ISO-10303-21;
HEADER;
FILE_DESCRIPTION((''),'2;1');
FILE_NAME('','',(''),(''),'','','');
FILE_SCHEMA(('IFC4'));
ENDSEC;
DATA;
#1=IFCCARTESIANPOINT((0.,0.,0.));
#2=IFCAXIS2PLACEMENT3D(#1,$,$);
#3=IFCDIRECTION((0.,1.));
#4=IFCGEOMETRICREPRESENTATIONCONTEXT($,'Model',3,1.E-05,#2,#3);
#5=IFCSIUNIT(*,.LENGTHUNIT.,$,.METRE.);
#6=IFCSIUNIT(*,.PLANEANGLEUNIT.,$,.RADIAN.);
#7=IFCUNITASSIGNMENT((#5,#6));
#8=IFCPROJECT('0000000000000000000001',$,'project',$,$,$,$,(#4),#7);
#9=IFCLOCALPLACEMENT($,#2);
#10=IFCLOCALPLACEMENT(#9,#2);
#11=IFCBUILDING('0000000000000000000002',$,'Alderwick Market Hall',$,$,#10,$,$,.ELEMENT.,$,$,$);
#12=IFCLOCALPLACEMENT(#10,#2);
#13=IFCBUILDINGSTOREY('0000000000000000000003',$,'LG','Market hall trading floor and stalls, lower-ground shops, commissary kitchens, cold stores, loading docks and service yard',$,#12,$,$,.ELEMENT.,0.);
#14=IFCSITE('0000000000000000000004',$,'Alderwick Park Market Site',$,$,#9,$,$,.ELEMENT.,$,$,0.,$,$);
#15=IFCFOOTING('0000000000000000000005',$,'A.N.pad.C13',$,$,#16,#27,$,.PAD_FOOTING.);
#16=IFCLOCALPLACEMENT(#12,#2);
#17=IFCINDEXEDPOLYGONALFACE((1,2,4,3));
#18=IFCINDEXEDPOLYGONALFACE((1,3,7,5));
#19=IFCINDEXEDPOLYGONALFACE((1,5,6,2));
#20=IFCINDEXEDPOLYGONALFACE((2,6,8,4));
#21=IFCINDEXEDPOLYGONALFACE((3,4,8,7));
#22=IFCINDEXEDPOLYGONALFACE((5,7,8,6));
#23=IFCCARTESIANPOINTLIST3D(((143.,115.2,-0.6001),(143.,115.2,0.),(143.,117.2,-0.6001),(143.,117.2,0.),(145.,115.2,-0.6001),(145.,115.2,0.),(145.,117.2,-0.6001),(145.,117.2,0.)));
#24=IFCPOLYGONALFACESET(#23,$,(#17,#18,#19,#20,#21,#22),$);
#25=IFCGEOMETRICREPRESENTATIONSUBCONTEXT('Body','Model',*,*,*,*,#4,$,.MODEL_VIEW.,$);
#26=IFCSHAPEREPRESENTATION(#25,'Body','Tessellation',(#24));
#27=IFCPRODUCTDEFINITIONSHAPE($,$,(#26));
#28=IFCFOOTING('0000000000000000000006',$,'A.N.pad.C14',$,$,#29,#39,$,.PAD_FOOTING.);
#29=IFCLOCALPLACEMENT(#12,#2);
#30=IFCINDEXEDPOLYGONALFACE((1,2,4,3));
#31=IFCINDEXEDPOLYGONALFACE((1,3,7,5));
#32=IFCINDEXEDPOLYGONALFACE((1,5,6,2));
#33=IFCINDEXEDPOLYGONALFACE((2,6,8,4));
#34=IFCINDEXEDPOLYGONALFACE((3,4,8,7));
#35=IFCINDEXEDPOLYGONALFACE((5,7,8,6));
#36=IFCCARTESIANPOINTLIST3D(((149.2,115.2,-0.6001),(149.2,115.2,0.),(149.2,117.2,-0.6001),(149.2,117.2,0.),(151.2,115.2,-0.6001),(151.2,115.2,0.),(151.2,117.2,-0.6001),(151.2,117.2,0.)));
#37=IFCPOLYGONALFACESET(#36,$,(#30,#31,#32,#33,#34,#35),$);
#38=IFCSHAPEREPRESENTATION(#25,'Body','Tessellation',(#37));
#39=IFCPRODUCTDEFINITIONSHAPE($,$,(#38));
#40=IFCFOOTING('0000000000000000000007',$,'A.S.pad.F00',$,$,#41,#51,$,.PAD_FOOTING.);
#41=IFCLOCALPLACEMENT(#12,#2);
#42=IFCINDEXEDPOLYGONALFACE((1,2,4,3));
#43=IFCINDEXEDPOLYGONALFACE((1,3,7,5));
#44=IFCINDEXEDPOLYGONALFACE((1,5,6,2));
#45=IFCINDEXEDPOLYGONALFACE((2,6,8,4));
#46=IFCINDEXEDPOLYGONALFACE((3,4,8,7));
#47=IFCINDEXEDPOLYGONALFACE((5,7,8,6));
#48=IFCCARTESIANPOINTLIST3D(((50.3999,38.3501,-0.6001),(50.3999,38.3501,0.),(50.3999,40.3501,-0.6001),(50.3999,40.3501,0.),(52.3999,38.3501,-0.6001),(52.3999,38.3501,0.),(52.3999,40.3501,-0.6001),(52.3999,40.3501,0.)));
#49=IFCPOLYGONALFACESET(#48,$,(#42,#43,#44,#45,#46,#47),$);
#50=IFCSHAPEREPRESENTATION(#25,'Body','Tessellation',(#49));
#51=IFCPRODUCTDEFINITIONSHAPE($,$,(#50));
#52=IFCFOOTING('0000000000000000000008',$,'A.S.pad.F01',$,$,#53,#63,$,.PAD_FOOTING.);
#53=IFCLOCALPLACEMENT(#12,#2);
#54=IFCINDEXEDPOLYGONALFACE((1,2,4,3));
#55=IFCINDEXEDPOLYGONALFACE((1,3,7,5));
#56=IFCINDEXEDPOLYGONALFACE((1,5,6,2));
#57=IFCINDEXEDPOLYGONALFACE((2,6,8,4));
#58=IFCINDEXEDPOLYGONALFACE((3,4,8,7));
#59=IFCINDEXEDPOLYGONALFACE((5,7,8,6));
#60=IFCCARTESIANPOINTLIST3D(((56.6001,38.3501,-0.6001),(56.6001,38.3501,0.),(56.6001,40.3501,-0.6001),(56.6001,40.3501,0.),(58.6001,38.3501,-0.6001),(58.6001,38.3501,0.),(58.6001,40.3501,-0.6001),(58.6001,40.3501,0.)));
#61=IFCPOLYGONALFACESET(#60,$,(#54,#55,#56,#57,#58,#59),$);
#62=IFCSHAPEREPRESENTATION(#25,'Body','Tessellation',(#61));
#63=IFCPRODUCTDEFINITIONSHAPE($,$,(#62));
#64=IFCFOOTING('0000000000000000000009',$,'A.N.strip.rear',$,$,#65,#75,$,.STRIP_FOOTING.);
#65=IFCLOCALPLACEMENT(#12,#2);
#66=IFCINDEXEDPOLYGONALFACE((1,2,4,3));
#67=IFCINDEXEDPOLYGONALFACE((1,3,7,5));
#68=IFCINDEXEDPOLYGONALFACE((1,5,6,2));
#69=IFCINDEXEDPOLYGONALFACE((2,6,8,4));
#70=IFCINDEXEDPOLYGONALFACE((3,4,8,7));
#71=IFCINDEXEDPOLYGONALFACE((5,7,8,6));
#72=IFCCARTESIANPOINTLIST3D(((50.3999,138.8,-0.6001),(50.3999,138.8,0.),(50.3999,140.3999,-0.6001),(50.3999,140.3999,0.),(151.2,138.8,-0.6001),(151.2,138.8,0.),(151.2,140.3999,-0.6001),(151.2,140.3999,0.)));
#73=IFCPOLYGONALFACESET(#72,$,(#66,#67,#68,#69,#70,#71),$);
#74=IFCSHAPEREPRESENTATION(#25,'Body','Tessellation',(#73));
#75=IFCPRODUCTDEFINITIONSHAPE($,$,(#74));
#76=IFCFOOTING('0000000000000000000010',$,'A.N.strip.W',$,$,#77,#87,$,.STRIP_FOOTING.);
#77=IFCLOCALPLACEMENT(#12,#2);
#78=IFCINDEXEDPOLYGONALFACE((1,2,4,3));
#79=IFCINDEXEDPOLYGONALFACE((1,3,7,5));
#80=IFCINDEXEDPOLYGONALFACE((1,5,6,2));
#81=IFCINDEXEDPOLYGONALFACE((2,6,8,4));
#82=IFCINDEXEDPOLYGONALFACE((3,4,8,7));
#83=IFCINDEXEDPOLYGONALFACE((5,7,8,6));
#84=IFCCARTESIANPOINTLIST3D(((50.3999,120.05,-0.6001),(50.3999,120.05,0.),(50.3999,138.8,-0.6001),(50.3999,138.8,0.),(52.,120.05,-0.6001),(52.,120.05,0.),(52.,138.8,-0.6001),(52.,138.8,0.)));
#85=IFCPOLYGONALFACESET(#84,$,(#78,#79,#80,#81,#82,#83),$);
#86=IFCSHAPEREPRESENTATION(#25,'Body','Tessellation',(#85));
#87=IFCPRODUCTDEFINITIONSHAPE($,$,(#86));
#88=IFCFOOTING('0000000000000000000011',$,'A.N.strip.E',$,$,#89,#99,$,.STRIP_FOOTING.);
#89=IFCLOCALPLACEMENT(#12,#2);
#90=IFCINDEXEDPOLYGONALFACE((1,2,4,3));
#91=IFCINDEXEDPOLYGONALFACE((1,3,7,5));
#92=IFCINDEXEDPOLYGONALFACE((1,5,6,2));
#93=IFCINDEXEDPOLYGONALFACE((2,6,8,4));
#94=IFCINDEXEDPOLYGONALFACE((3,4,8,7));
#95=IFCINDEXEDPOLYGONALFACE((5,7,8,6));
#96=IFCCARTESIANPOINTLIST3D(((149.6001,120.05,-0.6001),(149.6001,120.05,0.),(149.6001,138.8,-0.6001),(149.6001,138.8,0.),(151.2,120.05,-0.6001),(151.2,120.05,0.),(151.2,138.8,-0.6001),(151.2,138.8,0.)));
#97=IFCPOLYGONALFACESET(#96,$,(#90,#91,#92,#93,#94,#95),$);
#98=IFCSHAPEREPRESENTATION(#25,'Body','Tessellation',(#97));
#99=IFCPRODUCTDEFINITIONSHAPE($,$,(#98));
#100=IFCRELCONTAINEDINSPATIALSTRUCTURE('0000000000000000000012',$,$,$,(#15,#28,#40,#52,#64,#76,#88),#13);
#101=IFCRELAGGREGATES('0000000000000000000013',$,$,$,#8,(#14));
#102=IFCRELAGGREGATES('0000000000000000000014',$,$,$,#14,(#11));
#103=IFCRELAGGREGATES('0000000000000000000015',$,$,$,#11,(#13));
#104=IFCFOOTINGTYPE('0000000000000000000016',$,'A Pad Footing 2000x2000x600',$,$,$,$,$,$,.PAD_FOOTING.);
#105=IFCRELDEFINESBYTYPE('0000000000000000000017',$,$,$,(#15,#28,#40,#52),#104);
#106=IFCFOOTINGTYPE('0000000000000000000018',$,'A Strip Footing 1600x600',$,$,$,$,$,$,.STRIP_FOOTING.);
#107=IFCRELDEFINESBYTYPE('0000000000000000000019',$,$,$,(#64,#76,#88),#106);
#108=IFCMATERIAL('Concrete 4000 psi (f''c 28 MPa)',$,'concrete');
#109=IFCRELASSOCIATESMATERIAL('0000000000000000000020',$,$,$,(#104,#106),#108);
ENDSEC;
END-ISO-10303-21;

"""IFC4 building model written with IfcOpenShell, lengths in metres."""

from ifc_helpers import new_model, si_unit, direction, frame, origin, place, context, subcontext, project, spatial, polyline, outline, extrude, material, type_object, element, save


model = new_model("IFC4")

# Units and contexts
model_context = context("Model", 3, precision=1e-05, world=origin(), true_north=direction((0.0, 1.0)))
body_context = subcontext(model_context, "Body", "Model", "MODEL_VIEW")
ifc_project = project(units=[si_unit("LENGTHUNIT", "METRE"), si_unit("PLANEANGLEUNIT", "RADIAN")], contexts=[model_context])

# Site, building, storey
site_placement = place(None, origin())
site = spatial("IfcSite", under=ifc_project, at=site_placement, Name="Alderwick Park Market Site", CompositionType="ELEMENT", RefElevation=0.0)
building_placement = place(site_placement, origin())
building = spatial("IfcBuilding", under=site, at=building_placement, Name="Alderwick Market Hall", CompositionType="ELEMENT")
storey_placement = place(building_placement, origin())
storey = spatial("IfcBuildingStorey", under=building, at=storey_placement, Name="LG", Description="Market hall trading floor and stalls, lower-ground shops, commissary kitchens, cold stores, loading docks and service yard", CompositionType="ELEMENT", Elevation=0.0)

# Footings
ifc_material = material(Name="Concrete 4000 psi (f'c 28 MPa)", Category="concrete")
footing_type_1 = type_object("IfcFootingType", Name="A Pad Footing 2000x2000x600", PredefinedType="PAD_FOOTING", material=ifc_material)
footing_1_placement = place(storey_placement, frame((0.0, 0.0, -0.6001)))
element("IfcFooting", 1, at=footing_1_placement, inside=storey, type_object=footing_type_1, Name="A.N.pad.C13", PredefinedType="PAD_FOOTING", context=body_context, shape_type="SweptSolid", body=[
    extrude(outline(polyline([(143.0, 115.2), (145.0, 115.2), (145.0, 117.2), (143.0, 117.2), (143.0, 115.2)])), origin(), (0.0, 0.0, 1.0), 0.6001),
])
footing_2_placement = place(storey_placement, frame((0.0, 0.0, -0.6001)))
element("IfcFooting", 2, at=footing_2_placement, inside=storey, type_object=footing_type_1, Name="A.N.pad.C14", PredefinedType="PAD_FOOTING", context=body_context, shape_type="SweptSolid", body=[
    extrude(outline(polyline([(149.2, 115.2), (151.2, 115.2), (151.2, 117.2), (149.2, 117.2), (149.2, 115.2)])), origin(), (0.0, 0.0, 1.0), 0.6001),
])
footing_3_placement = place(storey_placement, frame((0.0, 0.0, -0.6001)))
element("IfcFooting", 3, at=footing_3_placement, inside=storey, type_object=footing_type_1, Name="A.S.pad.F00", PredefinedType="PAD_FOOTING", context=body_context, shape_type="SweptSolid", body=[
    extrude(outline(polyline([(50.3999, 38.3501), (52.3999, 38.3501), (52.3999, 40.3501), (50.3999, 40.3501), (50.3999, 38.3501)])), origin(), (0.0, 0.0, 1.0), 0.6001),
])
footing_4_placement = place(storey_placement, frame((0.0, 0.0, -0.6001)))
element("IfcFooting", 4, at=footing_4_placement, inside=storey, type_object=footing_type_1, Name="A.S.pad.F01", PredefinedType="PAD_FOOTING", context=body_context, shape_type="SweptSolid", body=[
    extrude(outline(polyline([(56.6001, 38.3501), (58.6001, 38.3501), (58.6001, 40.3501), (56.6001, 40.3501), (56.6001, 38.3501)])), origin(), (0.0, 0.0, 1.0), 0.6001),
])
footing_type_2 = type_object("IfcFootingType", Name="A Strip Footing 1600x600", PredefinedType="STRIP_FOOTING", material=ifc_material)
footing_5_placement = place(storey_placement, frame((0.0, 0.0, -0.6001)))
element("IfcFooting", 5, at=footing_5_placement, inside=storey, type_object=footing_type_2, Name="A.N.strip.rear", PredefinedType="STRIP_FOOTING", context=body_context, shape_type="SweptSolid", body=[
    extrude(outline(polyline([(50.3999, 138.8), (151.2, 138.8), (151.2, 140.3999), (50.3999, 140.3999), (50.3999, 138.8)])), origin(), (0.0, 0.0, 1.0), 0.6001),
])
footing_6_placement = place(storey_placement, frame((0.0, 0.0, -0.6001)))
element("IfcFooting", 6, at=footing_6_placement, inside=storey, type_object=footing_type_2, Name="A.N.strip.W", PredefinedType="STRIP_FOOTING", context=body_context, shape_type="SweptSolid", body=[
    extrude(outline(polyline([(50.3999, 120.05), (52.0, 120.05), (52.0, 138.8), (50.3999, 138.8), (50.3999, 120.05)])), origin(), (0.0, 0.0, 1.0), 0.6001),
])
footing_7_placement = place(storey_placement, frame((0.0, 0.0, -0.6001)))
element("IfcFooting", 7, at=footing_7_placement, inside=storey, type_object=footing_type_2, Name="A.N.strip.E", PredefinedType="STRIP_FOOTING", context=body_context, shape_type="SweptSolid", body=[
    extrude(outline(polyline([(149.6001, 120.05), (151.2, 120.05), (151.2, 138.8), (149.6001, 138.8), (149.6001, 120.05)])), origin(), (0.0, 0.0, 1.0), 0.6001),
])

save(model, "model.ifc")
